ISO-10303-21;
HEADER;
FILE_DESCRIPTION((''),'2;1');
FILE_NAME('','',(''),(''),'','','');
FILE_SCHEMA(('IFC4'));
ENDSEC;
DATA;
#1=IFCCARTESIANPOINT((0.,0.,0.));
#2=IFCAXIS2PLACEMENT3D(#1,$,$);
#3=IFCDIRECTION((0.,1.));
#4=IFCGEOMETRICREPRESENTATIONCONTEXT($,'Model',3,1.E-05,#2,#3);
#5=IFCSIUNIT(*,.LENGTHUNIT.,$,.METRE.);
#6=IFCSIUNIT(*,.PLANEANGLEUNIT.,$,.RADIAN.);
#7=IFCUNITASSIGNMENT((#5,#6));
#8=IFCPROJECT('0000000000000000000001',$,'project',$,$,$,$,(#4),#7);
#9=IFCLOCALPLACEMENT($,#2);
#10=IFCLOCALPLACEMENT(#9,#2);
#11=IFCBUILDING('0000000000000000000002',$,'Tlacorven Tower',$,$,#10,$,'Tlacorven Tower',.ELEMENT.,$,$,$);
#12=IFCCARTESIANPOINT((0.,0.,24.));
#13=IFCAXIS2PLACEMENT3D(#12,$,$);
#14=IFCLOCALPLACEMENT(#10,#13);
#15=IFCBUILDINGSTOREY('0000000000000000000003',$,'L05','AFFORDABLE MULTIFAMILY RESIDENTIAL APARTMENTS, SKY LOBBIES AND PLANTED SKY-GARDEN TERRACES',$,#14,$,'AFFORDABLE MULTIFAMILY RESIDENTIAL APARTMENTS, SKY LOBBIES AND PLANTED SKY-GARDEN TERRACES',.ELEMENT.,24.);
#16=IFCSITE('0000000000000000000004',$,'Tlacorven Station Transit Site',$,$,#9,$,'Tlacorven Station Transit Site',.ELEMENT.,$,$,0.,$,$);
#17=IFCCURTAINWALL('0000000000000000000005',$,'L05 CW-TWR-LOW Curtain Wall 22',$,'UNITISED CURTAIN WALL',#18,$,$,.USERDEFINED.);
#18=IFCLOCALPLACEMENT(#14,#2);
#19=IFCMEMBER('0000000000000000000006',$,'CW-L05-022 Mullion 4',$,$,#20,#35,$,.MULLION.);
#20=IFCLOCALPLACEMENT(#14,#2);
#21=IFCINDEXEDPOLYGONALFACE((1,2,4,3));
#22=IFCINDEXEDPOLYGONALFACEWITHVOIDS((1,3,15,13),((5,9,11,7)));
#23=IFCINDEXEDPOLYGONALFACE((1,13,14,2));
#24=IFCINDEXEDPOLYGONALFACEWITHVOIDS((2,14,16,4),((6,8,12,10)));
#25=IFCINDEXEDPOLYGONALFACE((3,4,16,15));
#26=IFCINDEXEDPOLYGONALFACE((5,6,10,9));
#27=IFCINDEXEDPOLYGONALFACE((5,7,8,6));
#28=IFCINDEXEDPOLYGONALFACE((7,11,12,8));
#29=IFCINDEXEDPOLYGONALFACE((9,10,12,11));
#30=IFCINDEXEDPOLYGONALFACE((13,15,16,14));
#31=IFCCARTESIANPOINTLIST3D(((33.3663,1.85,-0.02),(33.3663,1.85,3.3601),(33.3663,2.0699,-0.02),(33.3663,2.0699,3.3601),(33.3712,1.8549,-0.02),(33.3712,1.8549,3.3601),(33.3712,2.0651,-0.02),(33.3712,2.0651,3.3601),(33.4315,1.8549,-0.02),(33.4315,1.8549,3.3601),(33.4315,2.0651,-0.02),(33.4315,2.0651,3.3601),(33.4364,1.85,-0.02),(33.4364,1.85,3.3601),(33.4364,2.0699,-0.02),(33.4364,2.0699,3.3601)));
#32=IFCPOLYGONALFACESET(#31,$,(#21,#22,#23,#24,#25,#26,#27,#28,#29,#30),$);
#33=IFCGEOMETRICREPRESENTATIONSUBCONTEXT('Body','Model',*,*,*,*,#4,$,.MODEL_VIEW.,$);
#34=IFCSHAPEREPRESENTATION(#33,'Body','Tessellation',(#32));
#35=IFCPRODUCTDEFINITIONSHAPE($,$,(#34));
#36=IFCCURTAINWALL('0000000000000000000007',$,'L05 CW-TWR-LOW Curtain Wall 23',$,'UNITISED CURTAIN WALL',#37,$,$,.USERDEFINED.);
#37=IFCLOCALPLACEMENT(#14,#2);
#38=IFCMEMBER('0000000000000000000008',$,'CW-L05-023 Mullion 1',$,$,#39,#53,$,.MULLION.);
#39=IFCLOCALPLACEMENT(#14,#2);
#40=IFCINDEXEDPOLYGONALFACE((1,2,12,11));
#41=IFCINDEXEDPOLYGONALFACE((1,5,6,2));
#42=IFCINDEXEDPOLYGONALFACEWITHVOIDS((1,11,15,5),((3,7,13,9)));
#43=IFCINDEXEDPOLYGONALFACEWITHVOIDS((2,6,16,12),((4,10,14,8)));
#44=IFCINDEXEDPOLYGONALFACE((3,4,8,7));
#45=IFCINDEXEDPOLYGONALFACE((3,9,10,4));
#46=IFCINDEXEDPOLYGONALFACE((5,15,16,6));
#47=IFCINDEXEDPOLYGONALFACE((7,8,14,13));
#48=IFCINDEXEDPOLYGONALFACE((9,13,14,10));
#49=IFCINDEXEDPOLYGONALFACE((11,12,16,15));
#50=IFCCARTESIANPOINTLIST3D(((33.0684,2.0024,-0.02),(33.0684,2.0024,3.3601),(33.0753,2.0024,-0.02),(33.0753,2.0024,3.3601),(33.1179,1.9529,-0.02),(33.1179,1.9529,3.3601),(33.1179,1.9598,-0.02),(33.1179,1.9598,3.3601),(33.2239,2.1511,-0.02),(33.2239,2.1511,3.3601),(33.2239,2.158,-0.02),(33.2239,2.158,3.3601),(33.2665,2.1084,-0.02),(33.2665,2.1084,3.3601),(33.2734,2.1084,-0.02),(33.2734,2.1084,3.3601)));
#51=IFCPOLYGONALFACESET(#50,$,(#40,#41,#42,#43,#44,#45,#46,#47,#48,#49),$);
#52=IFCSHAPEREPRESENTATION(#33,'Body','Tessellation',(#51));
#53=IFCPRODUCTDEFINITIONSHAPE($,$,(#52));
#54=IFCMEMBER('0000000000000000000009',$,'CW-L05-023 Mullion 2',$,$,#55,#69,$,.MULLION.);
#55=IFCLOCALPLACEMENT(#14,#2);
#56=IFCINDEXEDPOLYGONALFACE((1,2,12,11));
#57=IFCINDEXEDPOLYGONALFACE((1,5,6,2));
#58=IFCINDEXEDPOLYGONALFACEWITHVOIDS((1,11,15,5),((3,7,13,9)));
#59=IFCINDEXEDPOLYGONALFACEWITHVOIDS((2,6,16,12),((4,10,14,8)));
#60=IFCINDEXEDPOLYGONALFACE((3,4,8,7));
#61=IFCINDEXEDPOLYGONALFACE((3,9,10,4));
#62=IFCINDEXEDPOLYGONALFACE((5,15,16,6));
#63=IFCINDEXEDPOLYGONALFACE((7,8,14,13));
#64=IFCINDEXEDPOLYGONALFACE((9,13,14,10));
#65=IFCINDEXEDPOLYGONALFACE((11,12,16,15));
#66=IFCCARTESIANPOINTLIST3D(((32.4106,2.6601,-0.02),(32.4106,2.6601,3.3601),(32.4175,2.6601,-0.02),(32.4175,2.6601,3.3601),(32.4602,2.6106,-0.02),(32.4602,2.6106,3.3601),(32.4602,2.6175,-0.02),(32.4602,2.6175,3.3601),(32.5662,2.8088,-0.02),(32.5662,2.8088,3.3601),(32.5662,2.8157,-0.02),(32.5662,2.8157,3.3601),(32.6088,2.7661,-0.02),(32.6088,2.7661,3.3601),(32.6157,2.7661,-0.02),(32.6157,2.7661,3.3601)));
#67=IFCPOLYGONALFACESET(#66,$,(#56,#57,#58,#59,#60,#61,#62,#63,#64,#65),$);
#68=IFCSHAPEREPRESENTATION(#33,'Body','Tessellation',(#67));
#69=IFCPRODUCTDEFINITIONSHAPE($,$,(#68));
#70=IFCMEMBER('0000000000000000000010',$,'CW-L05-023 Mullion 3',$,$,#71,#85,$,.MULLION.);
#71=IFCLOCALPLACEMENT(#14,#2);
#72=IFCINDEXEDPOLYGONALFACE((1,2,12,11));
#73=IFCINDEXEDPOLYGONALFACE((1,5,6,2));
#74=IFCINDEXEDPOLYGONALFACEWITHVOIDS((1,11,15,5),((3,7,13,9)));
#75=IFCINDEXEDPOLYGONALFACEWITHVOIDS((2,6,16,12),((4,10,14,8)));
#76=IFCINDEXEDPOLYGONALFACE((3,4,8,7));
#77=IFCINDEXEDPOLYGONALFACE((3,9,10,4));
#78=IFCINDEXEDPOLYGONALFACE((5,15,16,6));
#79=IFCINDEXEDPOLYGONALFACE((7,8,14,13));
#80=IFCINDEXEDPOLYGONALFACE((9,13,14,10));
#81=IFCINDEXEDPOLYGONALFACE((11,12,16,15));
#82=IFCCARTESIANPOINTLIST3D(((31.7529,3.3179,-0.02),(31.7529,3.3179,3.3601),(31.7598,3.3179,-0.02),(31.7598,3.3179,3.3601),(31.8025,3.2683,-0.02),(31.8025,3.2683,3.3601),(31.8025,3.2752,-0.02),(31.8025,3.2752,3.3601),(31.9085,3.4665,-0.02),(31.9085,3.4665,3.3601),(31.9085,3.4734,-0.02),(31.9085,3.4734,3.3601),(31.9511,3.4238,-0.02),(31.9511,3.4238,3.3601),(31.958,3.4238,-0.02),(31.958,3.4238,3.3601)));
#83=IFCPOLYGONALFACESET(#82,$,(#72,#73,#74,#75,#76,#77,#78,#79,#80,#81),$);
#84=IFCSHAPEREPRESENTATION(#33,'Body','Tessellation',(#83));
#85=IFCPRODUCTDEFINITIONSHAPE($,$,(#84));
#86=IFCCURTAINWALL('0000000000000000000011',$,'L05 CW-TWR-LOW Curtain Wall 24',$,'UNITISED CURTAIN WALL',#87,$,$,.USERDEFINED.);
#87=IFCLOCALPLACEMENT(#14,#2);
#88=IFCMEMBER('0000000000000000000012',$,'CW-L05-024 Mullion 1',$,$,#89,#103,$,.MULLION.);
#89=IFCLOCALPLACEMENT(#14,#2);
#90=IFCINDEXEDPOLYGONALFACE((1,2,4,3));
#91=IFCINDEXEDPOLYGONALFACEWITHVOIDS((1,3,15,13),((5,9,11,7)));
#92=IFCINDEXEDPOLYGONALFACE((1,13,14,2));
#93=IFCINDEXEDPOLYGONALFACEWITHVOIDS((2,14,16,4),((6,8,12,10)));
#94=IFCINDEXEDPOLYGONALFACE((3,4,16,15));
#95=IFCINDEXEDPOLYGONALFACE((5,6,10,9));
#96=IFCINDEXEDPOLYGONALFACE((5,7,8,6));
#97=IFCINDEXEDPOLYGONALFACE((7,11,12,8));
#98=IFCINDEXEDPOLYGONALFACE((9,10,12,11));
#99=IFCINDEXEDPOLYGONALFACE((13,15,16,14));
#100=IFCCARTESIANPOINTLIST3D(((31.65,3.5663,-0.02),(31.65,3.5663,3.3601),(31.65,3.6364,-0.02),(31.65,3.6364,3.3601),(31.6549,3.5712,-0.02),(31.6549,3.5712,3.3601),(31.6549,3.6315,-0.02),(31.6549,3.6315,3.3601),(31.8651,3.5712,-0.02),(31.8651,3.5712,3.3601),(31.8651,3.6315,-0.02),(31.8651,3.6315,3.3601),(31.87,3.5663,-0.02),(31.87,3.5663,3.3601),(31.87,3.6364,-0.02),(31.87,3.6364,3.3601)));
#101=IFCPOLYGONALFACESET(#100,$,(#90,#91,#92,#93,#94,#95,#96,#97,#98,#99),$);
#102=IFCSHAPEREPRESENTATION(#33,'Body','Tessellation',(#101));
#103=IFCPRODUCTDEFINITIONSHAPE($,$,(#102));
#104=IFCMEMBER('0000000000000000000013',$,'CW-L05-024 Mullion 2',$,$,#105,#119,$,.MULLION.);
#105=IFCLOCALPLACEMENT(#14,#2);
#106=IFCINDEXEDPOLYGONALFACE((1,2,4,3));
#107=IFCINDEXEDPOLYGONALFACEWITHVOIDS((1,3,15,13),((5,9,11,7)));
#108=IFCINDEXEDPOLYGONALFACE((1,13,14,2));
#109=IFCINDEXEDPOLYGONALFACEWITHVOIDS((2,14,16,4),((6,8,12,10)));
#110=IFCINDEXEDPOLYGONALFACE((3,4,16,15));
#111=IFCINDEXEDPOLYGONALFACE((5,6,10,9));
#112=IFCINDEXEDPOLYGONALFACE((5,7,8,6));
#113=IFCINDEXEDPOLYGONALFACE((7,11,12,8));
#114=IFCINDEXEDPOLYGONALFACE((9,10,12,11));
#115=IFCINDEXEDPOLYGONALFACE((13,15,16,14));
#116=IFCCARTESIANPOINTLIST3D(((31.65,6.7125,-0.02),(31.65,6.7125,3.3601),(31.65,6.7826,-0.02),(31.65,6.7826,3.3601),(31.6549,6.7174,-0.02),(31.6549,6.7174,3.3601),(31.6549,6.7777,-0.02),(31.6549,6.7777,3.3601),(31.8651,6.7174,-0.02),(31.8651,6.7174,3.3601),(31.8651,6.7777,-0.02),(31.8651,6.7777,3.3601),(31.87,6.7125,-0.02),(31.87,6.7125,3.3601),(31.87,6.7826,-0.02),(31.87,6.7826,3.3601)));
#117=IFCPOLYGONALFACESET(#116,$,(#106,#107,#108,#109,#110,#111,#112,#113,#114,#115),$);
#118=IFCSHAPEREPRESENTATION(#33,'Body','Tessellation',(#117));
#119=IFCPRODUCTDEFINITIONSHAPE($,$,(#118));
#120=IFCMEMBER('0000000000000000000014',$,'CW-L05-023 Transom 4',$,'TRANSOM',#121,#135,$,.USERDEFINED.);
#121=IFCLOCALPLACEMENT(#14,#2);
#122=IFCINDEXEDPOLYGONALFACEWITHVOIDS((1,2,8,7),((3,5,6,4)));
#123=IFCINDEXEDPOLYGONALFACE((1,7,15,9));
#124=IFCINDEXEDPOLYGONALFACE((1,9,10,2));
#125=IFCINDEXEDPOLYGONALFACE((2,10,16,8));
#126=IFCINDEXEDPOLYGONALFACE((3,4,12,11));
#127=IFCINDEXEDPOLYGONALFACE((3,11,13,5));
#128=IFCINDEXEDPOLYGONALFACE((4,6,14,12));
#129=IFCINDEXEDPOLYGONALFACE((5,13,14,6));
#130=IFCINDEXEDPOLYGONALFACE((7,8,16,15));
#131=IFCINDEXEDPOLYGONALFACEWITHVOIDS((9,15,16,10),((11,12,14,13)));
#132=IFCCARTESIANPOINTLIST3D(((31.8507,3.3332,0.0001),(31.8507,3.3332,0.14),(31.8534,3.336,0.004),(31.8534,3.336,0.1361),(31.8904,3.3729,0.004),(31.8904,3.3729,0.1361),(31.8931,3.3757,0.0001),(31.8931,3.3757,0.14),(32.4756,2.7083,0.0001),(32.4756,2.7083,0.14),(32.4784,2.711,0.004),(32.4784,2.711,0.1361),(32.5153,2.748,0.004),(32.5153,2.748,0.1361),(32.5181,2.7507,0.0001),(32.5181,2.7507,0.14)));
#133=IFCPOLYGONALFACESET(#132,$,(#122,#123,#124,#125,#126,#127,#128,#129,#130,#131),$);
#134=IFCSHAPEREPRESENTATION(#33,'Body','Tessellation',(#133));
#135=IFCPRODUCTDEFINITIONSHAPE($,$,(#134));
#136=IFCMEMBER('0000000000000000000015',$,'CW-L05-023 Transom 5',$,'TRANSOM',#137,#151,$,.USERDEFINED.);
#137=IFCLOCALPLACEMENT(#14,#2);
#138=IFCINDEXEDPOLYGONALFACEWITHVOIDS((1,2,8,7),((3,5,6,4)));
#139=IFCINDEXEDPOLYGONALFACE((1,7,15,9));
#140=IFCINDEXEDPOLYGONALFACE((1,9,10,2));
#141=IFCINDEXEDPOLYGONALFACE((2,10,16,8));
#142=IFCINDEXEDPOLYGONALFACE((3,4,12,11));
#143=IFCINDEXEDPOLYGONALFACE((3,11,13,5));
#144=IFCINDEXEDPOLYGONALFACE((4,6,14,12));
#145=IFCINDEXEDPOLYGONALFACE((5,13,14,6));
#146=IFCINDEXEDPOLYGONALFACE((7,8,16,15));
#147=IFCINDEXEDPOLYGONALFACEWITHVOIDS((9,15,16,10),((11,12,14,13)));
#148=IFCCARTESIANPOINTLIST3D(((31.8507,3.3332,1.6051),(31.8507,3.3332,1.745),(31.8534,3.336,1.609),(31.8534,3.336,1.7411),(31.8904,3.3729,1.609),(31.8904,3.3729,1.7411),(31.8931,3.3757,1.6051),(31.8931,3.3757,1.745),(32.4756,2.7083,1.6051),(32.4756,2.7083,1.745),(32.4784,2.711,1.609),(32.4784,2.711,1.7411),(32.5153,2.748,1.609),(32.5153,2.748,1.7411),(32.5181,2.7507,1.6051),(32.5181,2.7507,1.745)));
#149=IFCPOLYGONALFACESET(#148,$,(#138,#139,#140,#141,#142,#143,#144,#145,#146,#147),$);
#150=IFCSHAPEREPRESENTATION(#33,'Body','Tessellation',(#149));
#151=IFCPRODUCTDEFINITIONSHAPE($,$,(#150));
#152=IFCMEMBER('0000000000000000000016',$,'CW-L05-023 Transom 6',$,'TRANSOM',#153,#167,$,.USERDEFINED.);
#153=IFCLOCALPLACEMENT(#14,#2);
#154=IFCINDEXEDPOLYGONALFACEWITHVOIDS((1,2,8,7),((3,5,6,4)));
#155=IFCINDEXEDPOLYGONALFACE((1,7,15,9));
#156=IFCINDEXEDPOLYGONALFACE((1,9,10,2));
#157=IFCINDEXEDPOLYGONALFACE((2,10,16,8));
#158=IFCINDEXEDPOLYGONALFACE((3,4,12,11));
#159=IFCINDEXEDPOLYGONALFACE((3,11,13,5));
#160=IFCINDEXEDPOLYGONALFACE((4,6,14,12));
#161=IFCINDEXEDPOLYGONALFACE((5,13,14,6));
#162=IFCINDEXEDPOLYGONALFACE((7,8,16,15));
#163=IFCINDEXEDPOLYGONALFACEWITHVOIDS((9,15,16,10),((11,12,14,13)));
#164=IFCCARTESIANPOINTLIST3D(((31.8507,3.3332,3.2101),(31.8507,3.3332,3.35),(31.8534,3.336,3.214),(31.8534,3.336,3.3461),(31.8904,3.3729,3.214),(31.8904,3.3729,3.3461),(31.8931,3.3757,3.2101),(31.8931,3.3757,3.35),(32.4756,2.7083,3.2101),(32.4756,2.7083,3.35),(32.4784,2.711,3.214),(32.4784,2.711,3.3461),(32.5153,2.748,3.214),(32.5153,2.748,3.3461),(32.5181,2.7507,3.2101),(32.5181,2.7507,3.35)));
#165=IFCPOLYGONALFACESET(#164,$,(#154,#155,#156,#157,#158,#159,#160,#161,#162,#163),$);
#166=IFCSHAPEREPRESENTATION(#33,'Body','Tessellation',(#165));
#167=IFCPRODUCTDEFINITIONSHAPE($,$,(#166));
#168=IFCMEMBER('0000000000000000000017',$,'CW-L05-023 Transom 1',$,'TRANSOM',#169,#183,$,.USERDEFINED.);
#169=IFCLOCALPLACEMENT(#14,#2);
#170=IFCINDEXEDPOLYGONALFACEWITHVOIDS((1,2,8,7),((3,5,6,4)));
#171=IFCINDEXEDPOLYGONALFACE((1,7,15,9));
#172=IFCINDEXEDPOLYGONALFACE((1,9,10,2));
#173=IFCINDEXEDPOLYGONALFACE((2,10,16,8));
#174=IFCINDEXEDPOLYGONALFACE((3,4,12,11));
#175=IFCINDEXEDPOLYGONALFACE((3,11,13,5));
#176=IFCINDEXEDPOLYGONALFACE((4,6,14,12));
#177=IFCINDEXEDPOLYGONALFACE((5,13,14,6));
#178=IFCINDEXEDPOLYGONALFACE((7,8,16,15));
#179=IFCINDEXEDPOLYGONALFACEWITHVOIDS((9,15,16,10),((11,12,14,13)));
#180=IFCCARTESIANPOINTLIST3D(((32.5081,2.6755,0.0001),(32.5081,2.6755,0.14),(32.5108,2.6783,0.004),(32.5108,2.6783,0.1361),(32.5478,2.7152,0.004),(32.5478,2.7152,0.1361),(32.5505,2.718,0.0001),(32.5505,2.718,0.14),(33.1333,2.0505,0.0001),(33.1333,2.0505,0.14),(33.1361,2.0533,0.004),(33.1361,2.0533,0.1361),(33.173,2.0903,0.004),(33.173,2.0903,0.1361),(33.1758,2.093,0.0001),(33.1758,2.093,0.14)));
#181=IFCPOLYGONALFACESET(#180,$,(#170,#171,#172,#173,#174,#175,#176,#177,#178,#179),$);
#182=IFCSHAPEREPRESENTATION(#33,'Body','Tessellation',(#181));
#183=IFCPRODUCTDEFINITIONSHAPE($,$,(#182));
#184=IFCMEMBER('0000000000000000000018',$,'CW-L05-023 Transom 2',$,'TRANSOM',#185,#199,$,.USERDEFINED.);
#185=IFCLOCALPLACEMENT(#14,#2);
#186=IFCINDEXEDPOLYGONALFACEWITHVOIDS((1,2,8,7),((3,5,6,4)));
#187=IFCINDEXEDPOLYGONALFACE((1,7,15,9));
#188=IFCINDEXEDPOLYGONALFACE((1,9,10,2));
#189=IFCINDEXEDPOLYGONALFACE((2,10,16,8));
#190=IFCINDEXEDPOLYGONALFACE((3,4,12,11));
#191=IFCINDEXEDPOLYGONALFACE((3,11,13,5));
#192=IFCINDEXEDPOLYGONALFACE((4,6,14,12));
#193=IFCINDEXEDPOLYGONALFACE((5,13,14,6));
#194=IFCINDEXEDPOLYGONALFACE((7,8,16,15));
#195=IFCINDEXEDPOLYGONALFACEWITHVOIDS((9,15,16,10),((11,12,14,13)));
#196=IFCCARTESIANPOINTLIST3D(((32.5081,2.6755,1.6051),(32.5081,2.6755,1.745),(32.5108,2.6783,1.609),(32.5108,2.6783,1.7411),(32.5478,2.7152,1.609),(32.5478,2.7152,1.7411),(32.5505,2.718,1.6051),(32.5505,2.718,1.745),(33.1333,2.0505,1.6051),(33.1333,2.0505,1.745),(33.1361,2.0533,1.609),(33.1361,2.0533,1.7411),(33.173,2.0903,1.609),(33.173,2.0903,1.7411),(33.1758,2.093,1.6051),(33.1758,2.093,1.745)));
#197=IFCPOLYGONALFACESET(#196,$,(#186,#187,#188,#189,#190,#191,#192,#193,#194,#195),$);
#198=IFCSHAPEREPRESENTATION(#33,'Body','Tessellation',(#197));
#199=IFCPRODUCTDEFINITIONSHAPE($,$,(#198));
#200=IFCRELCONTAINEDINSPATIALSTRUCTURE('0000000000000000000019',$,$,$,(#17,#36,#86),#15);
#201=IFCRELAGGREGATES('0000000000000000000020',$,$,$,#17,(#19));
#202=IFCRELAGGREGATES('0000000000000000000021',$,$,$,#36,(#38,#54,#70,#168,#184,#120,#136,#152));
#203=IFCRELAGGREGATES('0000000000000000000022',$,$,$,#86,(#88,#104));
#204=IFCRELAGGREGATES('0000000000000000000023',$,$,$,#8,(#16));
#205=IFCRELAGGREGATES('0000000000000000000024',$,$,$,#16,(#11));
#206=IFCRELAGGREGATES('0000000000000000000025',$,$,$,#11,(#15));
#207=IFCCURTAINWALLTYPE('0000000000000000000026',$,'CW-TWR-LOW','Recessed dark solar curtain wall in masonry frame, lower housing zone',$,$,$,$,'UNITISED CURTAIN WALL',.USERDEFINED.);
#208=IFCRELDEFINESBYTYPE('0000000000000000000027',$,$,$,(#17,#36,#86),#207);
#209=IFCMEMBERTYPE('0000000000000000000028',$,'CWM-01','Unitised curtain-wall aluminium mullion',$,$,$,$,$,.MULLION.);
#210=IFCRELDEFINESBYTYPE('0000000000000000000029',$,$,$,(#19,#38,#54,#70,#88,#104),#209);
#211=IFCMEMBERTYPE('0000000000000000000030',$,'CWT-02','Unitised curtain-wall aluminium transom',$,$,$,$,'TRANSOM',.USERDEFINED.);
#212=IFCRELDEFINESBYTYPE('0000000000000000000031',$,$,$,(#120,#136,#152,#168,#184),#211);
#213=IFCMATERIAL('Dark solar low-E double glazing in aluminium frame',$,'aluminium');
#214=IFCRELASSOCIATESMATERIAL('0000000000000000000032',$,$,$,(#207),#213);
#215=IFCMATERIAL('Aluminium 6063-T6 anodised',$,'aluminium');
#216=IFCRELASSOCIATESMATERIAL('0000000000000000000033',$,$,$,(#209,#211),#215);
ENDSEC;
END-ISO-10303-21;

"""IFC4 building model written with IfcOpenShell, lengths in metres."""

from ifc_helpers import new_model, si_unit, direction, frame, origin, origin_2d, place, context, subcontext, project, spatial, hollow_rectangle, extrude, source, transform, mapped, material, material_profile, profile_set, type_object, element, aggregate, save


model = new_model("IFC4")

# Units and contexts
model_context = context("Model", 3, precision=1e-05, world=origin(), true_north=direction((0.0, 1.0)))
body_context = subcontext(model_context, "Body", "Model", "MODEL_VIEW")
ifc_project = project(units=[si_unit("LENGTHUNIT", "METRE"), si_unit("PLANEANGLEUNIT", "RADIAN")], contexts=[model_context])

# Site, building, storey
site_placement = place(None, origin())
site = spatial("IfcSite", under=ifc_project, at=site_placement, Name="Tlacorven Station Transit Site", LongName="Tlacorven Station Transit Site", CompositionType="ELEMENT", RefElevation=0.0)
building_placement = place(site_placement, origin())
building = spatial("IfcBuilding", under=site, at=building_placement, Name="Tlacorven Tower", LongName="Tlacorven Tower", CompositionType="ELEMENT")
storey_placement = place(building_placement, frame((0.0, 0.0, 24.0)))
storey = spatial("IfcBuildingStorey", under=building, at=storey_placement, Name="L05", Description="AFFORDABLE MULTIFAMILY RESIDENTIAL APARTMENTS, SKY LOBBIES AND PLANTED SKY-GARDEN TERRACES", LongName="AFFORDABLE MULTIFAMILY RESIDENTIAL APARTMENTS, SKY LOBBIES AND PLANTED SKY-GARDEN TERRACES", CompositionType="ELEMENT", Elevation=24.0)

# Curtain wall, member
ifc_material_1 = material(Name="Dark solar low-E double glazing in aluminium frame", Category="aluminium")
curtain_wall_type = type_object("IfcCurtainWallType", Name="CW-TWR-LOW", Description="Recessed dark solar curtain wall in masonry frame, lower housing zone", ElementType="UNITISED CURTAIN WALL", PredefinedType="USERDEFINED", material=ifc_material_1)
curtain_wall_1_placement = place(storey_placement, origin())
curtain_wall_1 = element("IfcCurtainWall", 1, at=curtain_wall_1_placement, inside=storey, type_object=curtain_wall_type, Name="L05 CW-TWR-LOW Curtain Wall 22", ObjectType="UNITISED CURTAIN WALL", PredefinedType="USERDEFINED")
ifc_material_2 = material(Name="Aluminium 6063-T6 anodised", Category="aluminium")
ifc_material_profile_1 = material_profile(ifc_material_2, hollow_rectangle(XDim=0.0701, YDim=0.22, WallThickness=0.0049, at=origin_2d()), Name="ALU MULLION 70X220")
ifc_profile_set_1 = profile_set([ifc_material_profile_1], Name="Aluminium 6063-T6 anodised")
member_type_1 = type_object("IfcMemberType", Name="CWM-01", Description="Unitised curtain-wall aluminium mullion", PredefinedType="MULLION", material=ifc_profile_set_1)
shared_shape_1 = source(origin(), body_context, "Body", "SweptSolid", [
    extrude(hollow_rectangle(XDim=0.0701, YDim=0.22, WallThickness=0.0049, at=origin_2d()), origin(), (0.0, 0.0, 1.0), 3.3801),
])
member_1_placement = place(storey_placement, frame((33.4014, 1.96, -0.02), z_axis=(0.0, 0.0, 1.0), x_axis=(-1.0, 0.0, 0.0)))
member_1 = element("IfcMember", 2, at=member_1_placement, type_object=member_type_1, Name="CW-L05-022 Mullion 4", PredefinedType="MULLION", context=body_context, shape_type="MappedRepresentation", body=[
    mapped(shared_shape_1, transform((0.0, 0.0, 0.0), scale=1.0)),
])
aggregate(curtain_wall_1, [member_1])

# Curtain walls, members
curtain_wall_2_placement = place(storey_placement, origin())
curtain_wall_2 = element("IfcCurtainWall", 3, at=curtain_wall_2_placement, inside=storey, type_object=curtain_wall_type, Name="L05 CW-TWR-LOW Curtain Wall 23", ObjectType="UNITISED CURTAIN WALL", PredefinedType="USERDEFINED")
member_2_placement = place(storey_placement, frame((33.1709, 2.0554, -0.02), z_axis=(0.0, 0.0, 1.0), x_axis=(-0.707107, 0.707107, 0.0)))
member_2 = element("IfcMember", 4, at=member_2_placement, type_object=member_type_1, Name="CW-L05-023 Mullion 1", PredefinedType="MULLION", context=body_context, shape_type="MappedRepresentation", body=[
    mapped(shared_shape_1, transform((0.0, 0.0, 0.0), scale=1.0)),
])
member_3_placement = place(storey_placement, frame((32.5132, 2.7131, -0.02), z_axis=(0.0, 0.0, 1.0), x_axis=(-0.707107, 0.707107, 0.0)))
member_3 = element("IfcMember", 5, at=member_3_placement, type_object=member_type_1, Name="CW-L05-023 Mullion 2", PredefinedType="MULLION", context=body_context, shape_type="MappedRepresentation", body=[
    mapped(shared_shape_1, transform((0.0, 0.0, 0.0), scale=1.0)),
])
member_4_placement = place(storey_placement, frame((31.8555, 3.3708, -0.02), z_axis=(0.0, 0.0, 1.0), x_axis=(-0.707107, 0.707107, 0.0)))
member_4 = element("IfcMember", 6, at=member_4_placement, type_object=member_type_1, Name="CW-L05-023 Mullion 3", PredefinedType="MULLION", context=body_context, shape_type="MappedRepresentation", body=[
    mapped(shared_shape_1, transform((0.0, 0.0, 0.0), scale=1.0)),
])
curtain_wall_3_placement = place(storey_placement, origin())
curtain_wall_3 = element("IfcCurtainWall", 7, at=curtain_wall_3_placement, inside=storey, type_object=curtain_wall_type, Name="L05 CW-TWR-LOW Curtain Wall 24", ObjectType="UNITISED CURTAIN WALL", PredefinedType="USERDEFINED")
member_5_placement = place(storey_placement, frame((31.76, 3.6013, -0.02), z_axis=(0.0, 0.0, 1.0), x_axis=(0.0, 1.0, 0.0)))
member_5 = element("IfcMember", 8, at=member_5_placement, type_object=member_type_1, Name="CW-L05-024 Mullion 1", PredefinedType="MULLION", context=body_context, shape_type="MappedRepresentation", body=[
    mapped(shared_shape_1, transform((0.0, 0.0, 0.0), scale=1.0)),
])
member_6_placement = place(storey_placement, frame((31.76, 6.7476, -0.02), z_axis=(0.0, 0.0, 1.0), x_axis=(0.0, 1.0, 0.0)))
member_6 = element("IfcMember", 9, at=member_6_placement, type_object=member_type_1, Name="CW-L05-024 Mullion 2", PredefinedType="MULLION", context=body_context, shape_type="MappedRepresentation", body=[
    mapped(shared_shape_1, transform((0.0, 0.0, 0.0), scale=1.0)),
])

# Members
ifc_material_profile_2 = material_profile(ifc_material_2, hollow_rectangle(XDim=0.0601, YDim=0.1399, WallThickness=0.0039, at=origin_2d()), Name="ALU TRANSOM 60X140")
ifc_profile_set_2 = profile_set([ifc_material_profile_2], Name="Aluminium 6063-T6 anodised")
member_type_2 = type_object("IfcMemberType", Name="CWT-02", Description="Unitised curtain-wall aluminium transom", ElementType="TRANSOM", PredefinedType="USERDEFINED", material=ifc_profile_set_2)
shared_shape_2 = source(origin(), body_context, "Body", "SweptSolid", [
    extrude(hollow_rectangle(XDim=0.0601, YDim=0.1399, WallThickness=0.0039, at=origin_2d()), origin(), (0.0, 0.0, 1.0), 0.8838),
])
member_7_placement = place(storey_placement, frame((32.4968, 2.7295, 0.0701), z_axis=(-0.707107, 0.707107, 0.0), x_axis=(-0.707107, -0.707107, 0.0)))
member_7 = element("IfcMember", 10, at=member_7_placement, type_object=member_type_2, Name="CW-L05-023 Transom 4", ObjectType="TRANSOM", PredefinedType="USERDEFINED", context=body_context, shape_type="MappedRepresentation", body=[
    mapped(shared_shape_2, transform((0.0, 0.0, 0.0), scale=1.0)),
])
member_8_placement = place(storey_placement, frame((32.4968, 2.7295, 1.675), z_axis=(-0.707107, 0.707107, 0.0), x_axis=(-0.707107, -0.707107, 0.0)))
member_8 = element("IfcMember", 11, at=member_8_placement, type_object=member_type_2, Name="CW-L05-023 Transom 5", ObjectType="TRANSOM", PredefinedType="USERDEFINED", context=body_context, shape_type="MappedRepresentation", body=[
    mapped(shared_shape_2, transform((0.0, 0.0, 0.0), scale=1.0)),
])
member_9_placement = place(storey_placement, frame((32.4968, 2.7295, 3.28), z_axis=(-0.707107, 0.707107, 0.0), x_axis=(-0.707107, -0.707107, 0.0)))
member_9 = element("IfcMember", 12, at=member_9_placement, type_object=member_type_2, Name="CW-L05-023 Transom 6", ObjectType="TRANSOM", PredefinedType="USERDEFINED", context=body_context, shape_type="MappedRepresentation", body=[
    mapped(shared_shape_2, transform((0.0, 0.0, 0.0), scale=1.0)),
])
shared_shape_3 = source(origin(), body_context, "Body", "SweptSolid", [
    extrude(hollow_rectangle(XDim=0.0601, YDim=0.1399, WallThickness=0.0039, at=origin_2d()), origin(), (0.0, 0.0, 1.0), 0.884),
])
member_10_placement = place(storey_placement, frame((33.1545, 2.0718, 0.0701), z_axis=(-0.707245, 0.706969, 0.0), x_axis=(-0.706969, -0.707245, 0.0)))
member_10 = element("IfcMember", 13, at=member_10_placement, type_object=member_type_2, Name="CW-L05-023 Transom 1", ObjectType="TRANSOM", PredefinedType="USERDEFINED", context=body_context, shape_type="MappedRepresentation", body=[
    mapped(shared_shape_3, transform((0.0, 0.0, 0.0), scale=1.0)),
])
member_11_placement = place(storey_placement, frame((33.1545, 2.0718, 1.675), z_axis=(-0.707245, 0.706969, 0.0), x_axis=(-0.706969, -0.707245, 0.0)))
member_11 = element("IfcMember", 14, at=member_11_placement, type_object=member_type_2, Name="CW-L05-023 Transom 2", ObjectType="TRANSOM", PredefinedType="USERDEFINED", context=body_context, shape_type="MappedRepresentation", body=[
    mapped(shared_shape_3, transform((0.0, 0.0, 0.0), scale=1.0)),
])

aggregate(curtain_wall_2, [member_2, member_3, member_4, member_10, member_11, member_7, member_8, member_9])
aggregate(curtain_wall_3, [member_5, member_6])

save(model, "model.ifc")
